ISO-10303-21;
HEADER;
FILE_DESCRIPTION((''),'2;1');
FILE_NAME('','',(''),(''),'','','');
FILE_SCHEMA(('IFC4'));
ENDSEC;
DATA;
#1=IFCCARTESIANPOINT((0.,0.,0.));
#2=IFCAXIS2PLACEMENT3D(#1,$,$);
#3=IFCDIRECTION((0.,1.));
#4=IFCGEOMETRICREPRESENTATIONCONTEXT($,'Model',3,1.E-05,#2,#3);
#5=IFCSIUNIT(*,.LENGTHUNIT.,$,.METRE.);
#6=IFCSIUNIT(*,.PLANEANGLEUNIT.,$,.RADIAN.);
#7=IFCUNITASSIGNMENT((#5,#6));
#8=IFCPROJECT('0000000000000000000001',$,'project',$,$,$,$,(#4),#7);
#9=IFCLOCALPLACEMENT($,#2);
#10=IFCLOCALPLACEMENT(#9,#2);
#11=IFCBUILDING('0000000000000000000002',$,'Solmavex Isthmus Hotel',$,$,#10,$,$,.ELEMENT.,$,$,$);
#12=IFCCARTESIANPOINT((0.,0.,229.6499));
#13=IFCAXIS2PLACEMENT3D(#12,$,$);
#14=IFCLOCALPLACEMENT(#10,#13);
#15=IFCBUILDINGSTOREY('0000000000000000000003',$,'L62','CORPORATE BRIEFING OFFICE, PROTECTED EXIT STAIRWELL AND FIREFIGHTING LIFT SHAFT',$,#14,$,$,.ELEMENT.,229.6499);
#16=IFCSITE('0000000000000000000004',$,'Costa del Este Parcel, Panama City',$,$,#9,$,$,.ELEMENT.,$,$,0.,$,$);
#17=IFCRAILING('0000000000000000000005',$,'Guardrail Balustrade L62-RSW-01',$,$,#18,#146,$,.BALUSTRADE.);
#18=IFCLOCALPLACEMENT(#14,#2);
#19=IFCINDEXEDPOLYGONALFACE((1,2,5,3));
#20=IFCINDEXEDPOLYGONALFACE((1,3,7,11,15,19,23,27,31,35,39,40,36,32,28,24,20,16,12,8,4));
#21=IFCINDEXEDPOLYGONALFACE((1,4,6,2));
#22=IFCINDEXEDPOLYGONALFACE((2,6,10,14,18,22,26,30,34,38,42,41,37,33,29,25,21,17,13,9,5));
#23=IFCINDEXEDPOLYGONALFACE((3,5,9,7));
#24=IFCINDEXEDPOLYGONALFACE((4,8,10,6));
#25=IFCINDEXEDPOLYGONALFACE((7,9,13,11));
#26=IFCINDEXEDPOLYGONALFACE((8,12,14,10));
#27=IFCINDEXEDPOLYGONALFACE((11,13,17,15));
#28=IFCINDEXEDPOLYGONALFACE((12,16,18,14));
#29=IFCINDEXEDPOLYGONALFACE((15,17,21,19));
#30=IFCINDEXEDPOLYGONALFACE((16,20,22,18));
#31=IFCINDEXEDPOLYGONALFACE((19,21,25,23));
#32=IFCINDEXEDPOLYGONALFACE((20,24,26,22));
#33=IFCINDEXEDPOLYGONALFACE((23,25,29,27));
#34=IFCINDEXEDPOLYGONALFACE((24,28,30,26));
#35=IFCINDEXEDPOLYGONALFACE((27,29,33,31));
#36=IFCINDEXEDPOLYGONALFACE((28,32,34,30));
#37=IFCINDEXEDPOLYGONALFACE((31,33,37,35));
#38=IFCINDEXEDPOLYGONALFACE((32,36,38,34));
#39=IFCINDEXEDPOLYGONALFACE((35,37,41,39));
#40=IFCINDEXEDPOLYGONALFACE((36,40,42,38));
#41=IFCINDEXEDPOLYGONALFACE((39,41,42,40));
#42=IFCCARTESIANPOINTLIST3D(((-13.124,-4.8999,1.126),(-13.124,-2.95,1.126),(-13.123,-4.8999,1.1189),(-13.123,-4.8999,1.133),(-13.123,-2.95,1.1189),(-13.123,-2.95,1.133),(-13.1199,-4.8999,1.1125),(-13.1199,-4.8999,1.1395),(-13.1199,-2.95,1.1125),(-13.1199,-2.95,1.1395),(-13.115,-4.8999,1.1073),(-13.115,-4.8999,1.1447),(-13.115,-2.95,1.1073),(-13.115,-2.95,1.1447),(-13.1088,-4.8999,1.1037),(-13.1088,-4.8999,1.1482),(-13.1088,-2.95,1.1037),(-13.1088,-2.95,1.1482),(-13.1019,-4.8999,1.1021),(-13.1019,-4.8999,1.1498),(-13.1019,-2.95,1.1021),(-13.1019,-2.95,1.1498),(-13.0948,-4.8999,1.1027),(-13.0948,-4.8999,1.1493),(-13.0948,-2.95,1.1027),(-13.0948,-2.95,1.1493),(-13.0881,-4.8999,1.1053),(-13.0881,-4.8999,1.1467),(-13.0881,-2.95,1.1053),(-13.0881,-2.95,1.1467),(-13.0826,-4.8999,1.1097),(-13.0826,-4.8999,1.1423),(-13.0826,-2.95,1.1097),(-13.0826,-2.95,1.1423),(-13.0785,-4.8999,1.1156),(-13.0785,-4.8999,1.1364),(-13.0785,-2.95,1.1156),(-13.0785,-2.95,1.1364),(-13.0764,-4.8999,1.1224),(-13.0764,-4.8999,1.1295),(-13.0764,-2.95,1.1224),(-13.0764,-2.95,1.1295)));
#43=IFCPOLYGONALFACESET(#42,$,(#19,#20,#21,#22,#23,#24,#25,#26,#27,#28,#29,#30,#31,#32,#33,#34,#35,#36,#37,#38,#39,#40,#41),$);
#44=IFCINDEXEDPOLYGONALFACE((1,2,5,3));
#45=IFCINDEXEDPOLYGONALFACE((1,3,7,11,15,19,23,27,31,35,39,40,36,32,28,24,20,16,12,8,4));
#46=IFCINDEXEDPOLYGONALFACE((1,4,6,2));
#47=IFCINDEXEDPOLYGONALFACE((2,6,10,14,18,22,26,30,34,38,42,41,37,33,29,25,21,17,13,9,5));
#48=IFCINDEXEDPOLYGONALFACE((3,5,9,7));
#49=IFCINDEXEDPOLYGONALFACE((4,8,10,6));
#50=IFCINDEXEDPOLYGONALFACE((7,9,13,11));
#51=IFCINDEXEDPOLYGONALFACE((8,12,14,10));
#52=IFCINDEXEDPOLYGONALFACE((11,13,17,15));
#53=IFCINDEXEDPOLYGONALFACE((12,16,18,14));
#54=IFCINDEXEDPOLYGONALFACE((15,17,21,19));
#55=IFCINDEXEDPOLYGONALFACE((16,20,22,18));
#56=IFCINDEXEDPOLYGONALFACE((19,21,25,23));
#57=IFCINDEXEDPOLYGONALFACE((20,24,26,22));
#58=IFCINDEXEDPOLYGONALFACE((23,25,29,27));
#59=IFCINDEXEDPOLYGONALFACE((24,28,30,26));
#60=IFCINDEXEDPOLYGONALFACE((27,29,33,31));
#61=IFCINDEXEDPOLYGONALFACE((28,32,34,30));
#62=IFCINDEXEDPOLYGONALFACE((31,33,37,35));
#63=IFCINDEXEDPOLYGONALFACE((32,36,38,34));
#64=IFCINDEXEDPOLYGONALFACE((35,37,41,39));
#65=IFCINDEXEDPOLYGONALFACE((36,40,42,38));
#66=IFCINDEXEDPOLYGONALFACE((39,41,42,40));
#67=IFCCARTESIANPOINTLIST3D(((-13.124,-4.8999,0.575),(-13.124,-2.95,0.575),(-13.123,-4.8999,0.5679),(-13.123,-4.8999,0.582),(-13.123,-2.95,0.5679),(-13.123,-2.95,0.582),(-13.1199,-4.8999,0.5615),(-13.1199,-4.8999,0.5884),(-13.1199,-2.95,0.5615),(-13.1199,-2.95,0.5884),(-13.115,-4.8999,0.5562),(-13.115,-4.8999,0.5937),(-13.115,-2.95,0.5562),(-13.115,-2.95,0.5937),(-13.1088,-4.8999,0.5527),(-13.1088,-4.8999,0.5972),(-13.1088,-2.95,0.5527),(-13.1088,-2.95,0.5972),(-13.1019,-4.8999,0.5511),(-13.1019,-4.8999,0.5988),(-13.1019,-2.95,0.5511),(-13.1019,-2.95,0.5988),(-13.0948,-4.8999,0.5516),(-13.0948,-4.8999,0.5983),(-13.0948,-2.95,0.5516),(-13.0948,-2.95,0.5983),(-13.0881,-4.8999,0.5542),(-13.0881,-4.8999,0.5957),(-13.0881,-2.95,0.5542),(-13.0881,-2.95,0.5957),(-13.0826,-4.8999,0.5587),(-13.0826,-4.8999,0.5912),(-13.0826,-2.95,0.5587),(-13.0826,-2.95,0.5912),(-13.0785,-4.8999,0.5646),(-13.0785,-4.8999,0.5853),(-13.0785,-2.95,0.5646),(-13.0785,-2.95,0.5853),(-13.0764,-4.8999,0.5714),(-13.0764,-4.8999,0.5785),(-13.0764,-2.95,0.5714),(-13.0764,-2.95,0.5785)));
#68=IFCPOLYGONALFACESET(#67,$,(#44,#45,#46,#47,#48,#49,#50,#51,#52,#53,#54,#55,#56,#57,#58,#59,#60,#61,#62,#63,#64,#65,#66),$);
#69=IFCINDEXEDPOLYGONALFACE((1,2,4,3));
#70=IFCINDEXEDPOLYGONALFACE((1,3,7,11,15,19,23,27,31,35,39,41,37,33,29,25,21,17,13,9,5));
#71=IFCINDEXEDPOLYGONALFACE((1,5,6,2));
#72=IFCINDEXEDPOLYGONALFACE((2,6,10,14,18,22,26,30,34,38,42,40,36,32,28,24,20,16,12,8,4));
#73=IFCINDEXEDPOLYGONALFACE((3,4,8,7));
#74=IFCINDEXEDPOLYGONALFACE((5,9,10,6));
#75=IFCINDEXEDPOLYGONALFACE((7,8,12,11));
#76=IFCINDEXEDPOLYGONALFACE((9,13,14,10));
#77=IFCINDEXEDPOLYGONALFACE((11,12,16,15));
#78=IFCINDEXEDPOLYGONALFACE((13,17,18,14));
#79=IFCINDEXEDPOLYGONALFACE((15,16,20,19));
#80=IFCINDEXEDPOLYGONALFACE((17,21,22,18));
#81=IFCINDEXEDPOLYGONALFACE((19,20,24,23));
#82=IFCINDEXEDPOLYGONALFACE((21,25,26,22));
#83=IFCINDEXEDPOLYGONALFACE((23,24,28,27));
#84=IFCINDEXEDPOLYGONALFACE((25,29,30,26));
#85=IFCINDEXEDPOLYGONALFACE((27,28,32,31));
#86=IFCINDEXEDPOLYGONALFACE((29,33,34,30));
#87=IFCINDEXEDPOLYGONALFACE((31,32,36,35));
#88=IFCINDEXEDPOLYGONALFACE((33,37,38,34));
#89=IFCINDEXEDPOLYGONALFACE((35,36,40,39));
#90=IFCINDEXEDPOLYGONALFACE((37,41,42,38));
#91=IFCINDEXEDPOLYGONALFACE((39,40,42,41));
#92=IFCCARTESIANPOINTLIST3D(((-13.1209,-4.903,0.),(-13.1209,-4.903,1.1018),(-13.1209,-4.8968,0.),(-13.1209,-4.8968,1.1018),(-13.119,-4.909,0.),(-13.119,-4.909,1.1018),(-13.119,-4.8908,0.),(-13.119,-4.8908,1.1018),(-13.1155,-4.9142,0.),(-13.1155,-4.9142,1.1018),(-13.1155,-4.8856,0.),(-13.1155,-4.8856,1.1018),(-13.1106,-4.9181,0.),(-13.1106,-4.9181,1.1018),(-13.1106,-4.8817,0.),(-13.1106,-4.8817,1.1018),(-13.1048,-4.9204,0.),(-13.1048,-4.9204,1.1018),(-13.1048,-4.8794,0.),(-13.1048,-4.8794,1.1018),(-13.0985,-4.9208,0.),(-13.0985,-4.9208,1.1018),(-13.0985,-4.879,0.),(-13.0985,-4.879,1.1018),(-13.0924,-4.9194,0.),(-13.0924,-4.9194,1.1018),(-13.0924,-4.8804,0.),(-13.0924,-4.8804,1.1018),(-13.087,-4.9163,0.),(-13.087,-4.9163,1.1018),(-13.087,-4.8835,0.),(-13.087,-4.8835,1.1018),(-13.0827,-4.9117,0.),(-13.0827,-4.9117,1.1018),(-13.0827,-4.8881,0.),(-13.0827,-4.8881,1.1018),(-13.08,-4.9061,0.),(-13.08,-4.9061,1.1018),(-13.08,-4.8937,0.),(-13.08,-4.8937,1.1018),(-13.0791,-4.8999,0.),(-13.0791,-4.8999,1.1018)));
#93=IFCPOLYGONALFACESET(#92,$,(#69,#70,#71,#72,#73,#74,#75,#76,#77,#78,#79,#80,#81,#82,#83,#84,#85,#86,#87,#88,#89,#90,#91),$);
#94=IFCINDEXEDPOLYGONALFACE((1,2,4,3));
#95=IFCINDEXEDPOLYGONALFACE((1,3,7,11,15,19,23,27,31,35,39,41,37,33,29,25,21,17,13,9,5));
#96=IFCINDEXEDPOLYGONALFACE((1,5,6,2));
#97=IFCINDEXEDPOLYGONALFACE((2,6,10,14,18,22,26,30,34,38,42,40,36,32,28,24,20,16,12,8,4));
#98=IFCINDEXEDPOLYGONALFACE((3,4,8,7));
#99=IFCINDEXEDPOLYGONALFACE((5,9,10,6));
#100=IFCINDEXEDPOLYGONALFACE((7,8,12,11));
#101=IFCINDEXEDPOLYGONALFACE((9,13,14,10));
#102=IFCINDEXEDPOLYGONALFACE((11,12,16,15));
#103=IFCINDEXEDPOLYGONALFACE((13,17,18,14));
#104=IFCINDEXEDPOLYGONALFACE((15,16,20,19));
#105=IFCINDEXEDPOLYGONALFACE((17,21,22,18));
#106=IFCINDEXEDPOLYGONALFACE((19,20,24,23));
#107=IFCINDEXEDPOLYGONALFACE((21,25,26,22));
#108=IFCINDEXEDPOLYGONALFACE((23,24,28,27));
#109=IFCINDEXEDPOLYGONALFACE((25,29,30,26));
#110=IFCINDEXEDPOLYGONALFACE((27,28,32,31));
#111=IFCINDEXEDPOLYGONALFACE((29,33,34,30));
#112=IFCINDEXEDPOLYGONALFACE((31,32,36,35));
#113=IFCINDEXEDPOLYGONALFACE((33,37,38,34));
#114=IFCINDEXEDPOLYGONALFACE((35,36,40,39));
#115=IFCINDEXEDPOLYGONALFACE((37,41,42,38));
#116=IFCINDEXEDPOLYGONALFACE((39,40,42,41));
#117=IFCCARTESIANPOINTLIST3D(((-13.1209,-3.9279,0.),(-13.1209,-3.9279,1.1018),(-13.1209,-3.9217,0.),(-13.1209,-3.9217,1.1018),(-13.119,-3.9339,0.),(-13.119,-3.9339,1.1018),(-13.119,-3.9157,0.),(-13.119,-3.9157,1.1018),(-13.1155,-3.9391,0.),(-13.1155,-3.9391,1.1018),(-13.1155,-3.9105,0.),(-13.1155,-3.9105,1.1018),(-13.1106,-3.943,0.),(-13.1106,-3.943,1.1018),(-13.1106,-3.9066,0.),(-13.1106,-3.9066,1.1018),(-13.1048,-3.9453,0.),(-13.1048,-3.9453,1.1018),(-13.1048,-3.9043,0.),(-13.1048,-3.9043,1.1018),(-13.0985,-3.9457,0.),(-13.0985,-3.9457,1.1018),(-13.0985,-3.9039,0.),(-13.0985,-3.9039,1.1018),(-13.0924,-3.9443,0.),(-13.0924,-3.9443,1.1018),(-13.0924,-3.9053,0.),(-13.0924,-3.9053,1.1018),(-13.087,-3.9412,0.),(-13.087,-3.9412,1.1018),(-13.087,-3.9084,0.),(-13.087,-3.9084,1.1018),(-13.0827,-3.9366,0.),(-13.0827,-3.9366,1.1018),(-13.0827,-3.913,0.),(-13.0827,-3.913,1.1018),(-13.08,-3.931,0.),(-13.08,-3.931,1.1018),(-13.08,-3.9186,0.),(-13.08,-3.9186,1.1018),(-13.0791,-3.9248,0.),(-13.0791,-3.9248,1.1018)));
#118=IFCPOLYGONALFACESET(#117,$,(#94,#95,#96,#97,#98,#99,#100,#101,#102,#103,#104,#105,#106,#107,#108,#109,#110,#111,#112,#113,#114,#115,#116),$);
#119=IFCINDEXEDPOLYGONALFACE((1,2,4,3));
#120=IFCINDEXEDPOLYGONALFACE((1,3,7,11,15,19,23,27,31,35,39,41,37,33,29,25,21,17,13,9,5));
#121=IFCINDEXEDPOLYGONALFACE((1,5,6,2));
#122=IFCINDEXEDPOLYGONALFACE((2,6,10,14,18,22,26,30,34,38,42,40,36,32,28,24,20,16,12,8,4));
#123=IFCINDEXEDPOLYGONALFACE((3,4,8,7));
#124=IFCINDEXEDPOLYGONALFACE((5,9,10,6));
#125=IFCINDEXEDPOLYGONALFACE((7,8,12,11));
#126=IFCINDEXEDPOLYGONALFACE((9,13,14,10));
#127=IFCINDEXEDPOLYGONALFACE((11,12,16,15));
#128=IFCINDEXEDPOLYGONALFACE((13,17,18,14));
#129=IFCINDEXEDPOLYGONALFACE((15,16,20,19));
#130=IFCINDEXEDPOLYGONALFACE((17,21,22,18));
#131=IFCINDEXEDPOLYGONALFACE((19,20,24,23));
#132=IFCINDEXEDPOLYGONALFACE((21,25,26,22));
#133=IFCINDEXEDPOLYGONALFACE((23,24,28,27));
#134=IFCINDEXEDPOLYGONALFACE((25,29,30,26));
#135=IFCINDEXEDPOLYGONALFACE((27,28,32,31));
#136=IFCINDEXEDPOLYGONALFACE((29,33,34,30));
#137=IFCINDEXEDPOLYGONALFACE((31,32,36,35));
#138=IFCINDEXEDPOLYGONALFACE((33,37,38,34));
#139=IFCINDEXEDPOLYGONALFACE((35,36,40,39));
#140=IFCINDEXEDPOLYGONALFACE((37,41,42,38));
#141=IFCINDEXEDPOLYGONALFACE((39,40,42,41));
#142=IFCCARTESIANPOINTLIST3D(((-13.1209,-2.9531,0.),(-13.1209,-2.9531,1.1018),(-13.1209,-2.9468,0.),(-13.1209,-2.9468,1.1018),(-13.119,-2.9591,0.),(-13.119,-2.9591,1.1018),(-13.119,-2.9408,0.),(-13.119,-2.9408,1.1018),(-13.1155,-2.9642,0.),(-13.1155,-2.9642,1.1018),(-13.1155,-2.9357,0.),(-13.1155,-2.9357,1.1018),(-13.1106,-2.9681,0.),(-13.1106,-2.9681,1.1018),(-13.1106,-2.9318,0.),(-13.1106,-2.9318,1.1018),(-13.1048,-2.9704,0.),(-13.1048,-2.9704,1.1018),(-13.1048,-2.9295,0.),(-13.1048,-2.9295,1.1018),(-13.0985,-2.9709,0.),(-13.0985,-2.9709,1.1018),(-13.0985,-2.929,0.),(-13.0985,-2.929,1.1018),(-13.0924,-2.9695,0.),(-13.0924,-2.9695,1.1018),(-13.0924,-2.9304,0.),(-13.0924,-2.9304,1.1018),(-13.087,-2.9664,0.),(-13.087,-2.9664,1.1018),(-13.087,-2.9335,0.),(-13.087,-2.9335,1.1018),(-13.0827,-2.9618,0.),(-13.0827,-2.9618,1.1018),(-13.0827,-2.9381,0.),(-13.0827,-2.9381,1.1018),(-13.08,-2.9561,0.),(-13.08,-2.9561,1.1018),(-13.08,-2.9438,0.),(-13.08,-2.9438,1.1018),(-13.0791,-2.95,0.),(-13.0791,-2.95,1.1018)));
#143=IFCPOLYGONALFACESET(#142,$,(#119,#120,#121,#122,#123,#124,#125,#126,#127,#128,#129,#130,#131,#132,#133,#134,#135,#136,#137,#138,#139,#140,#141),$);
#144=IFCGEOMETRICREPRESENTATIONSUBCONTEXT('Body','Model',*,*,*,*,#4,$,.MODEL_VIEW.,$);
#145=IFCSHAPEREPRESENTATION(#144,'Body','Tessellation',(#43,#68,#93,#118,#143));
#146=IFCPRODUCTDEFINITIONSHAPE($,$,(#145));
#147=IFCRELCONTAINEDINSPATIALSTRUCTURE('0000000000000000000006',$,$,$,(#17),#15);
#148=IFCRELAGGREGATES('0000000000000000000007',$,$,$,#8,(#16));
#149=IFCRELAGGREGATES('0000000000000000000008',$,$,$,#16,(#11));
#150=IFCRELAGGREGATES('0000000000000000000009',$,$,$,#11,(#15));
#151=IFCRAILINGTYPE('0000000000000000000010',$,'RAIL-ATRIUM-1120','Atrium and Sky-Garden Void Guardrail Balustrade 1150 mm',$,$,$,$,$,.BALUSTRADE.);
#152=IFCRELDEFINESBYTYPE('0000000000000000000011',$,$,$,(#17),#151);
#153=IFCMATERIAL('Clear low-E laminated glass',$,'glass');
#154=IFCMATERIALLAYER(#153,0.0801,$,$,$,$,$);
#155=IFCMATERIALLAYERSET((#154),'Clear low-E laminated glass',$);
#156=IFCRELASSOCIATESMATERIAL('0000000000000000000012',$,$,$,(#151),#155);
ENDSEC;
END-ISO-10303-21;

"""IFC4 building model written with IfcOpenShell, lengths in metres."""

from ifc_helpers import new_model, si_unit, direction, frame, origin, origin_2d, place, context, subcontext, project, spatial, circle, extrude, material, layer, layer_set, type_object, element, save


model = new_model("IFC4")

# Units and contexts
model_context = context("Model", 3, precision=1e-05, world=origin(), true_north=direction((0.0, 1.0)))
body_context = subcontext(model_context, "Body", "Model", "MODEL_VIEW")
ifc_project = project(units=[si_unit("LENGTHUNIT", "METRE"), si_unit("PLANEANGLEUNIT", "RADIAN")], contexts=[model_context])

# Site, building, storey
site_placement = place(None, origin())
site = spatial("IfcSite", under=ifc_project, at=site_placement, Name="Costa del Este Parcel, Panama City", CompositionType="ELEMENT", RefElevation=0.0)
building_placement = place(site_placement, origin())
building = spatial("IfcBuilding", under=site, at=building_placement, Name="Solmavex Isthmus Hotel", CompositionType="ELEMENT")
storey_placement = place(building_placement, frame((0.0, 0.0, 229.6499)))
storey = spatial("IfcBuildingStorey", under=building, at=storey_placement, Name="L62", Description="CORPORATE BRIEFING OFFICE, PROTECTED EXIT STAIRWELL AND FIREFIGHTING LIFT SHAFT", CompositionType="ELEMENT", Elevation=229.6499)

# Railing
ifc_material_1 = material(Name="Clear low-E laminated glass", Category="glass")
ifc_layer_1 = layer(ifc_material_1, 0.0801)
ifc_layer_set_1 = layer_set([ifc_layer_1], Name="Clear low-E laminated glass")
railing_type_1 = type_object("IfcRailingType", Name="RAIL-ATRIUM-1120", Description="Atrium and Sky-Garden Void Guardrail Balustrade 1150 mm", PredefinedType="BALUSTRADE", material=ifc_layer_set_1)
railing_1_placement = place(storey_placement, frame((-13.1001, -4.8999, 0.0)))
element("IfcRailing", 1, at=railing_1_placement, inside=storey, type_object=railing_type_1, Name="Guardrail Balustrade L62-RSW-01", PredefinedType="BALUSTRADE", context=body_context, shape_type="SweptSolid", body=[
    extrude(circle(Radius=0.0239, at=origin_2d()), frame((0.0, 0.0, 1.126), z_axis=(0.0, 1.0, 0.0), x_axis=(-1.0, 0.0, 0.0)), (0.0, 0.0, 1.0), 1.95),
    extrude(circle(Radius=0.0239, at=origin_2d()), frame((0.0, 0.0, 0.575), z_axis=(0.0, 1.0, 0.0), x_axis=(-1.0, 0.0, 0.0)), (0.0, 0.0, 1.0), 1.95),
    extrude(circle(Radius=0.021, at=origin_2d()), origin(), (0.0, 0.0, 1.0), 1.1018),
    extrude(circle(Radius=0.021, at=origin_2d()), frame((0.0, 0.9751, 0.0)), (0.0, 0.0, 1.0), 1.1018),
    extrude(circle(Radius=0.021, at=origin_2d()), frame((0.0, 1.95, 0.0)), (0.0, 0.0, 1.0), 1.1018),
])

save(model, "model.ifc")
